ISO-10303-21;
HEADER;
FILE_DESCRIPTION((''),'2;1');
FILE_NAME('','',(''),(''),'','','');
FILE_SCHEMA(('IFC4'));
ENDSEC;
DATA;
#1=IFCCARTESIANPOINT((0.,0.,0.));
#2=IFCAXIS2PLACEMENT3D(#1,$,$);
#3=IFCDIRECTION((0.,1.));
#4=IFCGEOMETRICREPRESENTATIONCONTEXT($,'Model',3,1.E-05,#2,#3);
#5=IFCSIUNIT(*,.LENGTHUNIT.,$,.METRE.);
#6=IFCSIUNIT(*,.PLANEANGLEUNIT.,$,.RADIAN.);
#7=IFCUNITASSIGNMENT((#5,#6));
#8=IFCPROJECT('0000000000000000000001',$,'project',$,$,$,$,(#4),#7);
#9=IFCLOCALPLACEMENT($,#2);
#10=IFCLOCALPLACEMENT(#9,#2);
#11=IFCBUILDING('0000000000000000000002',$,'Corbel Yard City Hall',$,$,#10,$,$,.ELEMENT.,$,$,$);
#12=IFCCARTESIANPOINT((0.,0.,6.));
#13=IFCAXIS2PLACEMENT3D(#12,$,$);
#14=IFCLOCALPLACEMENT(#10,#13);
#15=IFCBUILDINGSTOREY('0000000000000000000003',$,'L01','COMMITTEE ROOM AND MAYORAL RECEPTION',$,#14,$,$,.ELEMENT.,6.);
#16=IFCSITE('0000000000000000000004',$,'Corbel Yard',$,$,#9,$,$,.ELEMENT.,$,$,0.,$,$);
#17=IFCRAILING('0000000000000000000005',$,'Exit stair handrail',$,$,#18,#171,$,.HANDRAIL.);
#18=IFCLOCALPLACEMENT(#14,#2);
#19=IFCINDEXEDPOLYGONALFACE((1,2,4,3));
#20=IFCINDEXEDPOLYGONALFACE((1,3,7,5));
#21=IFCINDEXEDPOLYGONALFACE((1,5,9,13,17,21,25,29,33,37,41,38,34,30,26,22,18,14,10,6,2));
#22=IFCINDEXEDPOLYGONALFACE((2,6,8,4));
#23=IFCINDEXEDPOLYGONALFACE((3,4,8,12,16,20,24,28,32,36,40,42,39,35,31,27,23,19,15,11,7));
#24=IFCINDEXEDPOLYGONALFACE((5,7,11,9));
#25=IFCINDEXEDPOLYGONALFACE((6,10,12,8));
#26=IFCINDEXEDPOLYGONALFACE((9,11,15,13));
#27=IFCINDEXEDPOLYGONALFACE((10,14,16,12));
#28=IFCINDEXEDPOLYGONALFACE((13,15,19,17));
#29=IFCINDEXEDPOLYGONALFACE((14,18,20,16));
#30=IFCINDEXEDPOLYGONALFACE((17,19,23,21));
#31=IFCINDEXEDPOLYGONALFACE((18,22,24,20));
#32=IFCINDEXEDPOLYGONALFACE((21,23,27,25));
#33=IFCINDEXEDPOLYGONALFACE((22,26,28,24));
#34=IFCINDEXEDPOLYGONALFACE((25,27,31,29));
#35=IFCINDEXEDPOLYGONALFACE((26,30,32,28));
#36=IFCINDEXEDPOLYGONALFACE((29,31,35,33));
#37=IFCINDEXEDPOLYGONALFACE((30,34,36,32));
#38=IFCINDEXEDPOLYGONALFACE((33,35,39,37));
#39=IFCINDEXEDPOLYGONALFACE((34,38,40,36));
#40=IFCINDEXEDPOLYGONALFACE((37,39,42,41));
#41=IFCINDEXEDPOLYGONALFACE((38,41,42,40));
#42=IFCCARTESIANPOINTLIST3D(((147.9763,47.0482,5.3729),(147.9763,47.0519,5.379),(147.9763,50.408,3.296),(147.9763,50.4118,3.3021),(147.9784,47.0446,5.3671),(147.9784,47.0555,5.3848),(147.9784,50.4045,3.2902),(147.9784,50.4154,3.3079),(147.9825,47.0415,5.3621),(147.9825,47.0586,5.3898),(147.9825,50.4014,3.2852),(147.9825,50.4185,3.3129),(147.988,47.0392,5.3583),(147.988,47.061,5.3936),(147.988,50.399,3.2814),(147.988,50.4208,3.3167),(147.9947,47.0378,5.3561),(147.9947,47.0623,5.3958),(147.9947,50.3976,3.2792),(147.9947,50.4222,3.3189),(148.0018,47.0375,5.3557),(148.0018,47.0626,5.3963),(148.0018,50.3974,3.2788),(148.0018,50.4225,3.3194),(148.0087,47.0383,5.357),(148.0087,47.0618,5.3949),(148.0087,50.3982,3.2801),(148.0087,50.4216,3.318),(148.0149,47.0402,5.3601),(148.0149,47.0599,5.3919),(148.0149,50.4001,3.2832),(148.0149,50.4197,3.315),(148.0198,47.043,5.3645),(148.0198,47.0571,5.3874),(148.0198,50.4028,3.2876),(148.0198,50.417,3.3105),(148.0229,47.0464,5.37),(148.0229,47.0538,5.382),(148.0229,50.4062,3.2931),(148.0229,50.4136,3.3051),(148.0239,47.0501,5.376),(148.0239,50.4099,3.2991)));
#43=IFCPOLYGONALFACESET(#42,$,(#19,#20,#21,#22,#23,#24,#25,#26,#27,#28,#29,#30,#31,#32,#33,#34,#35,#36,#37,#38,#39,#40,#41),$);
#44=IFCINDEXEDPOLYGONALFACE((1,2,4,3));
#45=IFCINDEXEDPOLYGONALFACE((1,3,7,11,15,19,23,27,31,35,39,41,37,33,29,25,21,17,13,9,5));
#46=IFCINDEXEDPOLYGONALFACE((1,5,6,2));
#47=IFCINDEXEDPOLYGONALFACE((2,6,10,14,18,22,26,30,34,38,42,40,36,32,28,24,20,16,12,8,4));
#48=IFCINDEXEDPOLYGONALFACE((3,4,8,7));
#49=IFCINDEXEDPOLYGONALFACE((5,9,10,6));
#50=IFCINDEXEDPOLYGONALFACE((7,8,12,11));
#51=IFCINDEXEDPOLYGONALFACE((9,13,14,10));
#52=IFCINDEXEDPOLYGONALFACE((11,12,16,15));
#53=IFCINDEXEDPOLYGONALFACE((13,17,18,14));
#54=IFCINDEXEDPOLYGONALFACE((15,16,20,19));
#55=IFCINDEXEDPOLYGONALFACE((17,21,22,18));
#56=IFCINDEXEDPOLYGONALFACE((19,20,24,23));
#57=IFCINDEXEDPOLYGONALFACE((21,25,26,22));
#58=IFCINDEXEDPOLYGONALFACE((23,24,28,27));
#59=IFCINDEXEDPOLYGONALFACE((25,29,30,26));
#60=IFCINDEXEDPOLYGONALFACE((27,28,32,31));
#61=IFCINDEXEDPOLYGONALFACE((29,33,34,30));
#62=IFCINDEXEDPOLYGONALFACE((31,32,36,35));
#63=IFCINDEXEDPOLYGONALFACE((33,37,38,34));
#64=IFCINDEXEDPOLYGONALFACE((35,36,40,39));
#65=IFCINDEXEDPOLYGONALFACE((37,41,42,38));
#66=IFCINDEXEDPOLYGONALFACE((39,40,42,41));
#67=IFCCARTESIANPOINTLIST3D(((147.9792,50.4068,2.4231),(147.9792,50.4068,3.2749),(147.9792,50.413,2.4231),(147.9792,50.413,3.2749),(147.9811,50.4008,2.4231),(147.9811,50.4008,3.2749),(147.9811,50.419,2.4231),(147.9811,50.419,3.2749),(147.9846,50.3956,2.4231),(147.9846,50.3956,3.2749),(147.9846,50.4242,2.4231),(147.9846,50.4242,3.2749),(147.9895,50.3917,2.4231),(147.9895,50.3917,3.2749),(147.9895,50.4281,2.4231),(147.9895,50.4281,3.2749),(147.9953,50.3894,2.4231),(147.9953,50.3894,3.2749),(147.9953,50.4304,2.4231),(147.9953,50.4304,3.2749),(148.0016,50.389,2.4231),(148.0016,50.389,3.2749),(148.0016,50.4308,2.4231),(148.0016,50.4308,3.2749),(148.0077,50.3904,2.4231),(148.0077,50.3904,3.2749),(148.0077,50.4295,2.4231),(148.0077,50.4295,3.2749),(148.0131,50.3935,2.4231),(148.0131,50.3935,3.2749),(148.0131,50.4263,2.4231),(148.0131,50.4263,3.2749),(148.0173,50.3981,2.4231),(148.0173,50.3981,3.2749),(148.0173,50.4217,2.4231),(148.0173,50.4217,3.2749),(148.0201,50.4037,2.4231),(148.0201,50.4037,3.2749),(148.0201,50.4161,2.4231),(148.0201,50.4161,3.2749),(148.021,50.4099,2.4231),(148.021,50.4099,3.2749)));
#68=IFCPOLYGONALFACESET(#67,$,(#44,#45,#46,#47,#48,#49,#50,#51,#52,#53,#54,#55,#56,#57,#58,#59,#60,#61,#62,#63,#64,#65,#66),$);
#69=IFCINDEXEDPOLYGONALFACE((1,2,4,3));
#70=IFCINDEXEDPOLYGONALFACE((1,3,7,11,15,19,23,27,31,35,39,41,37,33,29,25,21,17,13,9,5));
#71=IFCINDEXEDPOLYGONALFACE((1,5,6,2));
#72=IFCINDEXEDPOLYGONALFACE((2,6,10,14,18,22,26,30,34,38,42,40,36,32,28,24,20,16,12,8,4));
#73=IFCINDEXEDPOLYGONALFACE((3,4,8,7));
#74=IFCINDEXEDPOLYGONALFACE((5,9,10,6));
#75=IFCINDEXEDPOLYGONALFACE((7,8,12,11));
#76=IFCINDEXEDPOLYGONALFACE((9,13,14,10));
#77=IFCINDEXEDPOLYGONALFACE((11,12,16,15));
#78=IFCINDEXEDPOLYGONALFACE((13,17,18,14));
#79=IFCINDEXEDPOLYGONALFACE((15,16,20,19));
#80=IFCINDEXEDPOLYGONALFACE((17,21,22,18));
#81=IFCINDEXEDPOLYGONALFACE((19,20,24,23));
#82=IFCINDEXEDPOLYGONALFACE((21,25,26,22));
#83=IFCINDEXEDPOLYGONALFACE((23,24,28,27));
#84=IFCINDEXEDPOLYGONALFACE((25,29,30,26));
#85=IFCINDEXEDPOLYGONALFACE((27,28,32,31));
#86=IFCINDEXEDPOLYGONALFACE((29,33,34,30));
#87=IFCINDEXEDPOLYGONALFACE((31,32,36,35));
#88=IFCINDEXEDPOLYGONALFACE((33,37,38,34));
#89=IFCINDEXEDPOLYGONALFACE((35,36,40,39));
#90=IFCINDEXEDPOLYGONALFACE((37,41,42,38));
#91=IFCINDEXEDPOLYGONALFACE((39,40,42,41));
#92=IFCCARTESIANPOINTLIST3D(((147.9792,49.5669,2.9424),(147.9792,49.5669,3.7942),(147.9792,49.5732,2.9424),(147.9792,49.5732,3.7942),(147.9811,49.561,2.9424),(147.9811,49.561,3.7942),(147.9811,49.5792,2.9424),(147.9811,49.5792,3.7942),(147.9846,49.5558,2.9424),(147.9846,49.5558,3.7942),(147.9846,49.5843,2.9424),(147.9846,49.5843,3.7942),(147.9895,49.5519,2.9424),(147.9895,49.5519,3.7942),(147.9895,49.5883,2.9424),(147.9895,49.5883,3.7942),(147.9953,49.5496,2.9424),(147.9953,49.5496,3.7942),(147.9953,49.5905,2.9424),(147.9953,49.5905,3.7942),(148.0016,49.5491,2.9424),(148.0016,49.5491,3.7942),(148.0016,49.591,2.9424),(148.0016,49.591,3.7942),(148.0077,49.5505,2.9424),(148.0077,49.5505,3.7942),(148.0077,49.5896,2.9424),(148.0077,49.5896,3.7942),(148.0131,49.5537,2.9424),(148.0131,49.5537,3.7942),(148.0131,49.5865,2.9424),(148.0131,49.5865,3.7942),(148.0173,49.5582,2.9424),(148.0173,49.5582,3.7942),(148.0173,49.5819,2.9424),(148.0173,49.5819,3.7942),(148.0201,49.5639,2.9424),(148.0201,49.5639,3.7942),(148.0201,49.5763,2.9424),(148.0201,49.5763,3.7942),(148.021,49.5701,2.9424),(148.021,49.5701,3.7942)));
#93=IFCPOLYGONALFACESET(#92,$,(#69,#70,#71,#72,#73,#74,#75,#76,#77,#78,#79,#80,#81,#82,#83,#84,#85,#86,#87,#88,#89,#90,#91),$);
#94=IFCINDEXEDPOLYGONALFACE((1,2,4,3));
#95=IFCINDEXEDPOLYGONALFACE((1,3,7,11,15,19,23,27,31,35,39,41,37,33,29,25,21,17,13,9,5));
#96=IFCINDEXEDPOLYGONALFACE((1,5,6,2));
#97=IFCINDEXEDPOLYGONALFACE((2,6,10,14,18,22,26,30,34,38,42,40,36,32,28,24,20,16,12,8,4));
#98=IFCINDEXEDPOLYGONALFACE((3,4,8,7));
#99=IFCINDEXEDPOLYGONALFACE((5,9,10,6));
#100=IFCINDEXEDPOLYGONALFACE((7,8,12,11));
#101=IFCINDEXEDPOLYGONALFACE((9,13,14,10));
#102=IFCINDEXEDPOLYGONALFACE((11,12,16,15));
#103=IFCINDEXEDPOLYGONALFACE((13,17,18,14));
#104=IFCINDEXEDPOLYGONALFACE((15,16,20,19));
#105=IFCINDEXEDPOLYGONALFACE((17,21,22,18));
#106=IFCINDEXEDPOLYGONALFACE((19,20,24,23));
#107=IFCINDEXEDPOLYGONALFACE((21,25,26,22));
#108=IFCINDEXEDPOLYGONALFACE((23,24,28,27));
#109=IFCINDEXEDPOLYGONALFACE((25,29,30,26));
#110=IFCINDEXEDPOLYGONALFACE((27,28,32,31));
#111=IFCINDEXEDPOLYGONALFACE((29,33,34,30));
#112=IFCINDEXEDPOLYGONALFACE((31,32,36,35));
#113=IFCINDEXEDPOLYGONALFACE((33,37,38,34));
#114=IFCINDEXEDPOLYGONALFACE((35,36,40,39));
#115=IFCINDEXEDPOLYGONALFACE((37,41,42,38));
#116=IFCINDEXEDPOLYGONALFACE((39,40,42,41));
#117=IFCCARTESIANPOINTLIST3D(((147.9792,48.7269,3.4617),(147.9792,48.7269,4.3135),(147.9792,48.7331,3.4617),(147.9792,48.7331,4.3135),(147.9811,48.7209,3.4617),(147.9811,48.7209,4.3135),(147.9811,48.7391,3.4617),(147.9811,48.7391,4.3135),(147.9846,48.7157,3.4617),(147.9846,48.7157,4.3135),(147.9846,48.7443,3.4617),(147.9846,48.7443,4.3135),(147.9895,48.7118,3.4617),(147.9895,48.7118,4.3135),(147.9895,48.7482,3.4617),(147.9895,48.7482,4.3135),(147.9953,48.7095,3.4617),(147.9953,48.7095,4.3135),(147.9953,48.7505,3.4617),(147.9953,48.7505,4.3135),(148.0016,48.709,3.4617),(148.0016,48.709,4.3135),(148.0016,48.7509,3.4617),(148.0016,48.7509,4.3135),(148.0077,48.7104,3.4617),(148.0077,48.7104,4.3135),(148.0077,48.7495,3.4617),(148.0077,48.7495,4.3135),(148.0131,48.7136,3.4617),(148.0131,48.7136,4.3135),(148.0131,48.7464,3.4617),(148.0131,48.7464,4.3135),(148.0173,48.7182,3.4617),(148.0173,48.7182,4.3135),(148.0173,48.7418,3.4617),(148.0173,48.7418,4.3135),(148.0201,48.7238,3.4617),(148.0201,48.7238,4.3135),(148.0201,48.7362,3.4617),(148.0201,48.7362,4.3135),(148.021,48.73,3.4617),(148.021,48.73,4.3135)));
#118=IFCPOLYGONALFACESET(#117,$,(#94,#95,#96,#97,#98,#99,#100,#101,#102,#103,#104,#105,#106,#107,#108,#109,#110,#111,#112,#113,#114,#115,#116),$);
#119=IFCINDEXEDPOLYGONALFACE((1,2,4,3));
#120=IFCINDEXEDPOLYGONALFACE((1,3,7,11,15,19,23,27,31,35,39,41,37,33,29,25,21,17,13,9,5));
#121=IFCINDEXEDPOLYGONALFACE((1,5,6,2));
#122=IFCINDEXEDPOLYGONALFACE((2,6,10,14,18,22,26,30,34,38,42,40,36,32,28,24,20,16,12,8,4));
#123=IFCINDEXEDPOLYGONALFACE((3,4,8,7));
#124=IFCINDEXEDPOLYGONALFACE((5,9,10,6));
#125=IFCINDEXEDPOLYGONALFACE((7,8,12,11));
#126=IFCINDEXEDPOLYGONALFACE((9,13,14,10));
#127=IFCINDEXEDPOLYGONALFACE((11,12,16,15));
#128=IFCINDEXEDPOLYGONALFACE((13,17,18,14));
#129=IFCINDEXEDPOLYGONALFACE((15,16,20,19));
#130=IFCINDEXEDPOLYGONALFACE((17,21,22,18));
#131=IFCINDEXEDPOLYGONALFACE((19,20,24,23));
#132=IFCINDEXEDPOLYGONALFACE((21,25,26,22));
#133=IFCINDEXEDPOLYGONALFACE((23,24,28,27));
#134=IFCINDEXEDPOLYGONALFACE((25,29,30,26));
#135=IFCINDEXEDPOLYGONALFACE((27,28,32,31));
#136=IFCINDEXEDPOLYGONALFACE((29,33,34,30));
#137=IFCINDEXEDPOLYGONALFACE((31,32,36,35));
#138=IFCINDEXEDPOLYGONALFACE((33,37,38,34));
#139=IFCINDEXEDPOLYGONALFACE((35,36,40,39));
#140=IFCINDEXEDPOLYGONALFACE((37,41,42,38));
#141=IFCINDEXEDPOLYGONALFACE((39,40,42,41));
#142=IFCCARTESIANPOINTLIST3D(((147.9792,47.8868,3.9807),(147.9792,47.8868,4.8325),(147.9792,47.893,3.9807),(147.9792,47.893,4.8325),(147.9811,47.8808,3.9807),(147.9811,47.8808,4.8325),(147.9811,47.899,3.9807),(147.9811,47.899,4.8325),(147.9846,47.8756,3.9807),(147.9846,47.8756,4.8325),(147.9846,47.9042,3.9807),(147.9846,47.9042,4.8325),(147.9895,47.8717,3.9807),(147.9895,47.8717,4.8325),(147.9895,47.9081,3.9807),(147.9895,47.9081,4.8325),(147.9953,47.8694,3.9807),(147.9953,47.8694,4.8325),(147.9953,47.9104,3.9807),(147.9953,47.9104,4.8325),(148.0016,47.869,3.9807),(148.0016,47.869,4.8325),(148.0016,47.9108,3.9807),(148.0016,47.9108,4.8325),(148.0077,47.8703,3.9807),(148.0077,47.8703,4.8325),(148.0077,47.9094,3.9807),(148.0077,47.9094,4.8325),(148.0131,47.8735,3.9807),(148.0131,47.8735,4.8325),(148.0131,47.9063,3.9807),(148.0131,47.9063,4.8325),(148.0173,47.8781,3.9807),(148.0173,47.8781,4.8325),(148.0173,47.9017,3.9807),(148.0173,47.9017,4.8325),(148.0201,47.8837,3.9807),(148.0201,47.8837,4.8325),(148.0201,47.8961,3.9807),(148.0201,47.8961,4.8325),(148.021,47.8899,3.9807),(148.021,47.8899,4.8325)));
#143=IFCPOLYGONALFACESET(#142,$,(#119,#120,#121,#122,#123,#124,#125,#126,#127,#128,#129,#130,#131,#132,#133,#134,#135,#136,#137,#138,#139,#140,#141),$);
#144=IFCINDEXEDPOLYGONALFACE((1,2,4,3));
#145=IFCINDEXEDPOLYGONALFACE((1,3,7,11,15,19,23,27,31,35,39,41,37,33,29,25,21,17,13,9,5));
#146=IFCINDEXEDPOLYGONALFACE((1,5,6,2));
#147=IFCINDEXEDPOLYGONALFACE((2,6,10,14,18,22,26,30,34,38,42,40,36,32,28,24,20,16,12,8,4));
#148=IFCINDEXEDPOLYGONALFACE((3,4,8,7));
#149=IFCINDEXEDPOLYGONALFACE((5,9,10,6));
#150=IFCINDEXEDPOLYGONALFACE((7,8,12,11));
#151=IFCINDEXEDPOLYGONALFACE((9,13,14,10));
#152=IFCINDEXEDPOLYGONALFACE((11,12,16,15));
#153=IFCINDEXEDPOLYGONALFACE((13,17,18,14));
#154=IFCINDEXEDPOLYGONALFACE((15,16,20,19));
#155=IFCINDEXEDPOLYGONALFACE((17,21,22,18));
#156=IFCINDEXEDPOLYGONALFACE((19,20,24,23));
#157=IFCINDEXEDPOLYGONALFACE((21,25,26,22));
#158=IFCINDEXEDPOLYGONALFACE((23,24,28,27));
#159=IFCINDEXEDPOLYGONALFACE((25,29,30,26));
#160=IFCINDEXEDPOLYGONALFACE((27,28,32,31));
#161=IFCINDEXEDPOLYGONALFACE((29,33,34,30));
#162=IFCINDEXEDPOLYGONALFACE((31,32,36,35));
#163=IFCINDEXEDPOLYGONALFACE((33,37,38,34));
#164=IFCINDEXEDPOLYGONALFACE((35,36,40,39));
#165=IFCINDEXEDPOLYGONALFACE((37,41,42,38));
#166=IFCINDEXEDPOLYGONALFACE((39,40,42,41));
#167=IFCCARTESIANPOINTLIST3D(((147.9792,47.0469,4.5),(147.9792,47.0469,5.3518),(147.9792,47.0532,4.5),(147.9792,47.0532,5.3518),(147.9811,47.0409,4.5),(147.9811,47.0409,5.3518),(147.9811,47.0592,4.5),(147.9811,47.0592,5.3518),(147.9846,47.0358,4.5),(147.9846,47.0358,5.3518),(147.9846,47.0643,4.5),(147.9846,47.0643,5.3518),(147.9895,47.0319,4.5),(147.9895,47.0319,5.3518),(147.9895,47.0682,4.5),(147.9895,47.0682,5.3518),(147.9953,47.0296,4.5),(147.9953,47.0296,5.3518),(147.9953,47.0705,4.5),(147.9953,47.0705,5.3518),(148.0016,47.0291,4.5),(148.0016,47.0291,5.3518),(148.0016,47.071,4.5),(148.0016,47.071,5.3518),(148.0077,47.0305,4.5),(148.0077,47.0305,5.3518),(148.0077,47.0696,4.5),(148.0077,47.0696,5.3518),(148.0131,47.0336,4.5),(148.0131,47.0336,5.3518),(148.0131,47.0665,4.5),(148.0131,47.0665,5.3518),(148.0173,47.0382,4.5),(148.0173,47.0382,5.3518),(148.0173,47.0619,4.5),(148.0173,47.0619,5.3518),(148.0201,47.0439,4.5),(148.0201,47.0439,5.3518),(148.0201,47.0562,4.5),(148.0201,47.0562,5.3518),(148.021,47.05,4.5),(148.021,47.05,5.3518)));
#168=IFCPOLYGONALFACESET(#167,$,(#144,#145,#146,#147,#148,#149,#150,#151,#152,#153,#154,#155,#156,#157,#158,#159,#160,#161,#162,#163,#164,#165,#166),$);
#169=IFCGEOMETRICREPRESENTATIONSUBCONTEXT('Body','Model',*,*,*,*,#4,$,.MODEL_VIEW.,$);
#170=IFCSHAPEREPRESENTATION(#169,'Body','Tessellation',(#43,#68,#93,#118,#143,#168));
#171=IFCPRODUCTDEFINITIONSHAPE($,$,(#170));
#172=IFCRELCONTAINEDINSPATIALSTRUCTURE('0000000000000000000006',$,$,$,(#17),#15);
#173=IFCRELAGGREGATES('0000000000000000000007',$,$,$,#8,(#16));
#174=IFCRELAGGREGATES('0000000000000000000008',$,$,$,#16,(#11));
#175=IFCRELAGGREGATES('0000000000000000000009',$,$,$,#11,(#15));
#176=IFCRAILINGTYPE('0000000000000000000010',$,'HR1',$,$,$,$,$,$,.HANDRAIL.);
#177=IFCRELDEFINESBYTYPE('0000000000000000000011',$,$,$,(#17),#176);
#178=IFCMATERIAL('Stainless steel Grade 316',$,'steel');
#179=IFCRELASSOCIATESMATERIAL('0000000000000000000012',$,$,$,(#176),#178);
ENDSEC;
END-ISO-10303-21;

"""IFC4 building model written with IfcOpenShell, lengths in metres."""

from ifc_helpers import new_model, si_unit, direction, frame, origin, origin_2d, place, context, subcontext, project, spatial, circle, extrude, material, type_object, element, save


model = new_model("IFC4")

# Units and contexts
model_context = context("Model", 3, precision=1e-05, world=origin(), true_north=direction((0.0, 1.0)))
body_context = subcontext(model_context, "Body", "Model", "MODEL_VIEW")
ifc_project = project(units=[si_unit("LENGTHUNIT", "METRE"), si_unit("PLANEANGLEUNIT", "RADIAN")], contexts=[model_context])

# Site, building, storey
site_placement = place(None, origin())
site = spatial("IfcSite", under=ifc_project, at=site_placement, Name="Corbel Yard", CompositionType="ELEMENT", RefElevation=0.0)
building_placement = place(site_placement, origin())
building = spatial("IfcBuilding", under=site, at=building_placement, Name="Corbel Yard City Hall", CompositionType="ELEMENT")
storey_placement = place(building_placement, frame((0.0, 0.0, 6.0)))
storey = spatial("IfcBuildingStorey", under=building, at=storey_placement, Name="L01", Description="COMMITTEE ROOM AND MAYORAL RECEPTION", CompositionType="ELEMENT", Elevation=6.0)

# Railing
ifc_material_1 = material(Name="Stainless steel Grade 316", Category="steel")
railing_type = type_object("IfcRailingType", Name="HR1", PredefinedType="HANDRAIL", material=ifc_material_1)
for number, where, name in (
    (1, (148.0, 50.4099, 2.4231), "Exit stair handrail"),
):
    element("IfcRailing", number, at=place(storey_placement, frame(where)), inside=storey, type_object=railing_type, Name=name, PredefinedType="HANDRAIL", context=body_context, shape_type="SweptSolid", body=[
        extrude(circle(Radius=0.0239, at=origin_2d()), frame((0.0, 0.0, 0.876), z_axis=(0.0, -0.850606, 0.525803), x_axis=(1.0, 0.0, 0.0)), (0.0, 0.0, 1.0), 3.95),
        extrude(circle(Radius=0.021, at=origin_2d()), origin(), (0.0, 0.0, 1.0), 0.8518),
        extrude(circle(Radius=0.021, at=origin_2d()), frame((0.0, -0.8398, 0.5193)), (0.0, 0.0, 1.0), 0.8518),
        extrude(circle(Radius=0.021, at=origin_2d()), frame((0.0, -1.6799, 1.0386)), (0.0, 0.0, 1.0), 0.8518),
        extrude(circle(Radius=0.021, at=origin_2d()), frame((0.0, -2.52, 1.5576)), (0.0, 0.0, 1.0), 0.8518),
        extrude(circle(Radius=0.021, at=origin_2d()), frame((0.0, -3.3599, 2.0769)), (0.0, 0.0, 1.0), 0.8518),
    ])

save(model, "model.ifc")
